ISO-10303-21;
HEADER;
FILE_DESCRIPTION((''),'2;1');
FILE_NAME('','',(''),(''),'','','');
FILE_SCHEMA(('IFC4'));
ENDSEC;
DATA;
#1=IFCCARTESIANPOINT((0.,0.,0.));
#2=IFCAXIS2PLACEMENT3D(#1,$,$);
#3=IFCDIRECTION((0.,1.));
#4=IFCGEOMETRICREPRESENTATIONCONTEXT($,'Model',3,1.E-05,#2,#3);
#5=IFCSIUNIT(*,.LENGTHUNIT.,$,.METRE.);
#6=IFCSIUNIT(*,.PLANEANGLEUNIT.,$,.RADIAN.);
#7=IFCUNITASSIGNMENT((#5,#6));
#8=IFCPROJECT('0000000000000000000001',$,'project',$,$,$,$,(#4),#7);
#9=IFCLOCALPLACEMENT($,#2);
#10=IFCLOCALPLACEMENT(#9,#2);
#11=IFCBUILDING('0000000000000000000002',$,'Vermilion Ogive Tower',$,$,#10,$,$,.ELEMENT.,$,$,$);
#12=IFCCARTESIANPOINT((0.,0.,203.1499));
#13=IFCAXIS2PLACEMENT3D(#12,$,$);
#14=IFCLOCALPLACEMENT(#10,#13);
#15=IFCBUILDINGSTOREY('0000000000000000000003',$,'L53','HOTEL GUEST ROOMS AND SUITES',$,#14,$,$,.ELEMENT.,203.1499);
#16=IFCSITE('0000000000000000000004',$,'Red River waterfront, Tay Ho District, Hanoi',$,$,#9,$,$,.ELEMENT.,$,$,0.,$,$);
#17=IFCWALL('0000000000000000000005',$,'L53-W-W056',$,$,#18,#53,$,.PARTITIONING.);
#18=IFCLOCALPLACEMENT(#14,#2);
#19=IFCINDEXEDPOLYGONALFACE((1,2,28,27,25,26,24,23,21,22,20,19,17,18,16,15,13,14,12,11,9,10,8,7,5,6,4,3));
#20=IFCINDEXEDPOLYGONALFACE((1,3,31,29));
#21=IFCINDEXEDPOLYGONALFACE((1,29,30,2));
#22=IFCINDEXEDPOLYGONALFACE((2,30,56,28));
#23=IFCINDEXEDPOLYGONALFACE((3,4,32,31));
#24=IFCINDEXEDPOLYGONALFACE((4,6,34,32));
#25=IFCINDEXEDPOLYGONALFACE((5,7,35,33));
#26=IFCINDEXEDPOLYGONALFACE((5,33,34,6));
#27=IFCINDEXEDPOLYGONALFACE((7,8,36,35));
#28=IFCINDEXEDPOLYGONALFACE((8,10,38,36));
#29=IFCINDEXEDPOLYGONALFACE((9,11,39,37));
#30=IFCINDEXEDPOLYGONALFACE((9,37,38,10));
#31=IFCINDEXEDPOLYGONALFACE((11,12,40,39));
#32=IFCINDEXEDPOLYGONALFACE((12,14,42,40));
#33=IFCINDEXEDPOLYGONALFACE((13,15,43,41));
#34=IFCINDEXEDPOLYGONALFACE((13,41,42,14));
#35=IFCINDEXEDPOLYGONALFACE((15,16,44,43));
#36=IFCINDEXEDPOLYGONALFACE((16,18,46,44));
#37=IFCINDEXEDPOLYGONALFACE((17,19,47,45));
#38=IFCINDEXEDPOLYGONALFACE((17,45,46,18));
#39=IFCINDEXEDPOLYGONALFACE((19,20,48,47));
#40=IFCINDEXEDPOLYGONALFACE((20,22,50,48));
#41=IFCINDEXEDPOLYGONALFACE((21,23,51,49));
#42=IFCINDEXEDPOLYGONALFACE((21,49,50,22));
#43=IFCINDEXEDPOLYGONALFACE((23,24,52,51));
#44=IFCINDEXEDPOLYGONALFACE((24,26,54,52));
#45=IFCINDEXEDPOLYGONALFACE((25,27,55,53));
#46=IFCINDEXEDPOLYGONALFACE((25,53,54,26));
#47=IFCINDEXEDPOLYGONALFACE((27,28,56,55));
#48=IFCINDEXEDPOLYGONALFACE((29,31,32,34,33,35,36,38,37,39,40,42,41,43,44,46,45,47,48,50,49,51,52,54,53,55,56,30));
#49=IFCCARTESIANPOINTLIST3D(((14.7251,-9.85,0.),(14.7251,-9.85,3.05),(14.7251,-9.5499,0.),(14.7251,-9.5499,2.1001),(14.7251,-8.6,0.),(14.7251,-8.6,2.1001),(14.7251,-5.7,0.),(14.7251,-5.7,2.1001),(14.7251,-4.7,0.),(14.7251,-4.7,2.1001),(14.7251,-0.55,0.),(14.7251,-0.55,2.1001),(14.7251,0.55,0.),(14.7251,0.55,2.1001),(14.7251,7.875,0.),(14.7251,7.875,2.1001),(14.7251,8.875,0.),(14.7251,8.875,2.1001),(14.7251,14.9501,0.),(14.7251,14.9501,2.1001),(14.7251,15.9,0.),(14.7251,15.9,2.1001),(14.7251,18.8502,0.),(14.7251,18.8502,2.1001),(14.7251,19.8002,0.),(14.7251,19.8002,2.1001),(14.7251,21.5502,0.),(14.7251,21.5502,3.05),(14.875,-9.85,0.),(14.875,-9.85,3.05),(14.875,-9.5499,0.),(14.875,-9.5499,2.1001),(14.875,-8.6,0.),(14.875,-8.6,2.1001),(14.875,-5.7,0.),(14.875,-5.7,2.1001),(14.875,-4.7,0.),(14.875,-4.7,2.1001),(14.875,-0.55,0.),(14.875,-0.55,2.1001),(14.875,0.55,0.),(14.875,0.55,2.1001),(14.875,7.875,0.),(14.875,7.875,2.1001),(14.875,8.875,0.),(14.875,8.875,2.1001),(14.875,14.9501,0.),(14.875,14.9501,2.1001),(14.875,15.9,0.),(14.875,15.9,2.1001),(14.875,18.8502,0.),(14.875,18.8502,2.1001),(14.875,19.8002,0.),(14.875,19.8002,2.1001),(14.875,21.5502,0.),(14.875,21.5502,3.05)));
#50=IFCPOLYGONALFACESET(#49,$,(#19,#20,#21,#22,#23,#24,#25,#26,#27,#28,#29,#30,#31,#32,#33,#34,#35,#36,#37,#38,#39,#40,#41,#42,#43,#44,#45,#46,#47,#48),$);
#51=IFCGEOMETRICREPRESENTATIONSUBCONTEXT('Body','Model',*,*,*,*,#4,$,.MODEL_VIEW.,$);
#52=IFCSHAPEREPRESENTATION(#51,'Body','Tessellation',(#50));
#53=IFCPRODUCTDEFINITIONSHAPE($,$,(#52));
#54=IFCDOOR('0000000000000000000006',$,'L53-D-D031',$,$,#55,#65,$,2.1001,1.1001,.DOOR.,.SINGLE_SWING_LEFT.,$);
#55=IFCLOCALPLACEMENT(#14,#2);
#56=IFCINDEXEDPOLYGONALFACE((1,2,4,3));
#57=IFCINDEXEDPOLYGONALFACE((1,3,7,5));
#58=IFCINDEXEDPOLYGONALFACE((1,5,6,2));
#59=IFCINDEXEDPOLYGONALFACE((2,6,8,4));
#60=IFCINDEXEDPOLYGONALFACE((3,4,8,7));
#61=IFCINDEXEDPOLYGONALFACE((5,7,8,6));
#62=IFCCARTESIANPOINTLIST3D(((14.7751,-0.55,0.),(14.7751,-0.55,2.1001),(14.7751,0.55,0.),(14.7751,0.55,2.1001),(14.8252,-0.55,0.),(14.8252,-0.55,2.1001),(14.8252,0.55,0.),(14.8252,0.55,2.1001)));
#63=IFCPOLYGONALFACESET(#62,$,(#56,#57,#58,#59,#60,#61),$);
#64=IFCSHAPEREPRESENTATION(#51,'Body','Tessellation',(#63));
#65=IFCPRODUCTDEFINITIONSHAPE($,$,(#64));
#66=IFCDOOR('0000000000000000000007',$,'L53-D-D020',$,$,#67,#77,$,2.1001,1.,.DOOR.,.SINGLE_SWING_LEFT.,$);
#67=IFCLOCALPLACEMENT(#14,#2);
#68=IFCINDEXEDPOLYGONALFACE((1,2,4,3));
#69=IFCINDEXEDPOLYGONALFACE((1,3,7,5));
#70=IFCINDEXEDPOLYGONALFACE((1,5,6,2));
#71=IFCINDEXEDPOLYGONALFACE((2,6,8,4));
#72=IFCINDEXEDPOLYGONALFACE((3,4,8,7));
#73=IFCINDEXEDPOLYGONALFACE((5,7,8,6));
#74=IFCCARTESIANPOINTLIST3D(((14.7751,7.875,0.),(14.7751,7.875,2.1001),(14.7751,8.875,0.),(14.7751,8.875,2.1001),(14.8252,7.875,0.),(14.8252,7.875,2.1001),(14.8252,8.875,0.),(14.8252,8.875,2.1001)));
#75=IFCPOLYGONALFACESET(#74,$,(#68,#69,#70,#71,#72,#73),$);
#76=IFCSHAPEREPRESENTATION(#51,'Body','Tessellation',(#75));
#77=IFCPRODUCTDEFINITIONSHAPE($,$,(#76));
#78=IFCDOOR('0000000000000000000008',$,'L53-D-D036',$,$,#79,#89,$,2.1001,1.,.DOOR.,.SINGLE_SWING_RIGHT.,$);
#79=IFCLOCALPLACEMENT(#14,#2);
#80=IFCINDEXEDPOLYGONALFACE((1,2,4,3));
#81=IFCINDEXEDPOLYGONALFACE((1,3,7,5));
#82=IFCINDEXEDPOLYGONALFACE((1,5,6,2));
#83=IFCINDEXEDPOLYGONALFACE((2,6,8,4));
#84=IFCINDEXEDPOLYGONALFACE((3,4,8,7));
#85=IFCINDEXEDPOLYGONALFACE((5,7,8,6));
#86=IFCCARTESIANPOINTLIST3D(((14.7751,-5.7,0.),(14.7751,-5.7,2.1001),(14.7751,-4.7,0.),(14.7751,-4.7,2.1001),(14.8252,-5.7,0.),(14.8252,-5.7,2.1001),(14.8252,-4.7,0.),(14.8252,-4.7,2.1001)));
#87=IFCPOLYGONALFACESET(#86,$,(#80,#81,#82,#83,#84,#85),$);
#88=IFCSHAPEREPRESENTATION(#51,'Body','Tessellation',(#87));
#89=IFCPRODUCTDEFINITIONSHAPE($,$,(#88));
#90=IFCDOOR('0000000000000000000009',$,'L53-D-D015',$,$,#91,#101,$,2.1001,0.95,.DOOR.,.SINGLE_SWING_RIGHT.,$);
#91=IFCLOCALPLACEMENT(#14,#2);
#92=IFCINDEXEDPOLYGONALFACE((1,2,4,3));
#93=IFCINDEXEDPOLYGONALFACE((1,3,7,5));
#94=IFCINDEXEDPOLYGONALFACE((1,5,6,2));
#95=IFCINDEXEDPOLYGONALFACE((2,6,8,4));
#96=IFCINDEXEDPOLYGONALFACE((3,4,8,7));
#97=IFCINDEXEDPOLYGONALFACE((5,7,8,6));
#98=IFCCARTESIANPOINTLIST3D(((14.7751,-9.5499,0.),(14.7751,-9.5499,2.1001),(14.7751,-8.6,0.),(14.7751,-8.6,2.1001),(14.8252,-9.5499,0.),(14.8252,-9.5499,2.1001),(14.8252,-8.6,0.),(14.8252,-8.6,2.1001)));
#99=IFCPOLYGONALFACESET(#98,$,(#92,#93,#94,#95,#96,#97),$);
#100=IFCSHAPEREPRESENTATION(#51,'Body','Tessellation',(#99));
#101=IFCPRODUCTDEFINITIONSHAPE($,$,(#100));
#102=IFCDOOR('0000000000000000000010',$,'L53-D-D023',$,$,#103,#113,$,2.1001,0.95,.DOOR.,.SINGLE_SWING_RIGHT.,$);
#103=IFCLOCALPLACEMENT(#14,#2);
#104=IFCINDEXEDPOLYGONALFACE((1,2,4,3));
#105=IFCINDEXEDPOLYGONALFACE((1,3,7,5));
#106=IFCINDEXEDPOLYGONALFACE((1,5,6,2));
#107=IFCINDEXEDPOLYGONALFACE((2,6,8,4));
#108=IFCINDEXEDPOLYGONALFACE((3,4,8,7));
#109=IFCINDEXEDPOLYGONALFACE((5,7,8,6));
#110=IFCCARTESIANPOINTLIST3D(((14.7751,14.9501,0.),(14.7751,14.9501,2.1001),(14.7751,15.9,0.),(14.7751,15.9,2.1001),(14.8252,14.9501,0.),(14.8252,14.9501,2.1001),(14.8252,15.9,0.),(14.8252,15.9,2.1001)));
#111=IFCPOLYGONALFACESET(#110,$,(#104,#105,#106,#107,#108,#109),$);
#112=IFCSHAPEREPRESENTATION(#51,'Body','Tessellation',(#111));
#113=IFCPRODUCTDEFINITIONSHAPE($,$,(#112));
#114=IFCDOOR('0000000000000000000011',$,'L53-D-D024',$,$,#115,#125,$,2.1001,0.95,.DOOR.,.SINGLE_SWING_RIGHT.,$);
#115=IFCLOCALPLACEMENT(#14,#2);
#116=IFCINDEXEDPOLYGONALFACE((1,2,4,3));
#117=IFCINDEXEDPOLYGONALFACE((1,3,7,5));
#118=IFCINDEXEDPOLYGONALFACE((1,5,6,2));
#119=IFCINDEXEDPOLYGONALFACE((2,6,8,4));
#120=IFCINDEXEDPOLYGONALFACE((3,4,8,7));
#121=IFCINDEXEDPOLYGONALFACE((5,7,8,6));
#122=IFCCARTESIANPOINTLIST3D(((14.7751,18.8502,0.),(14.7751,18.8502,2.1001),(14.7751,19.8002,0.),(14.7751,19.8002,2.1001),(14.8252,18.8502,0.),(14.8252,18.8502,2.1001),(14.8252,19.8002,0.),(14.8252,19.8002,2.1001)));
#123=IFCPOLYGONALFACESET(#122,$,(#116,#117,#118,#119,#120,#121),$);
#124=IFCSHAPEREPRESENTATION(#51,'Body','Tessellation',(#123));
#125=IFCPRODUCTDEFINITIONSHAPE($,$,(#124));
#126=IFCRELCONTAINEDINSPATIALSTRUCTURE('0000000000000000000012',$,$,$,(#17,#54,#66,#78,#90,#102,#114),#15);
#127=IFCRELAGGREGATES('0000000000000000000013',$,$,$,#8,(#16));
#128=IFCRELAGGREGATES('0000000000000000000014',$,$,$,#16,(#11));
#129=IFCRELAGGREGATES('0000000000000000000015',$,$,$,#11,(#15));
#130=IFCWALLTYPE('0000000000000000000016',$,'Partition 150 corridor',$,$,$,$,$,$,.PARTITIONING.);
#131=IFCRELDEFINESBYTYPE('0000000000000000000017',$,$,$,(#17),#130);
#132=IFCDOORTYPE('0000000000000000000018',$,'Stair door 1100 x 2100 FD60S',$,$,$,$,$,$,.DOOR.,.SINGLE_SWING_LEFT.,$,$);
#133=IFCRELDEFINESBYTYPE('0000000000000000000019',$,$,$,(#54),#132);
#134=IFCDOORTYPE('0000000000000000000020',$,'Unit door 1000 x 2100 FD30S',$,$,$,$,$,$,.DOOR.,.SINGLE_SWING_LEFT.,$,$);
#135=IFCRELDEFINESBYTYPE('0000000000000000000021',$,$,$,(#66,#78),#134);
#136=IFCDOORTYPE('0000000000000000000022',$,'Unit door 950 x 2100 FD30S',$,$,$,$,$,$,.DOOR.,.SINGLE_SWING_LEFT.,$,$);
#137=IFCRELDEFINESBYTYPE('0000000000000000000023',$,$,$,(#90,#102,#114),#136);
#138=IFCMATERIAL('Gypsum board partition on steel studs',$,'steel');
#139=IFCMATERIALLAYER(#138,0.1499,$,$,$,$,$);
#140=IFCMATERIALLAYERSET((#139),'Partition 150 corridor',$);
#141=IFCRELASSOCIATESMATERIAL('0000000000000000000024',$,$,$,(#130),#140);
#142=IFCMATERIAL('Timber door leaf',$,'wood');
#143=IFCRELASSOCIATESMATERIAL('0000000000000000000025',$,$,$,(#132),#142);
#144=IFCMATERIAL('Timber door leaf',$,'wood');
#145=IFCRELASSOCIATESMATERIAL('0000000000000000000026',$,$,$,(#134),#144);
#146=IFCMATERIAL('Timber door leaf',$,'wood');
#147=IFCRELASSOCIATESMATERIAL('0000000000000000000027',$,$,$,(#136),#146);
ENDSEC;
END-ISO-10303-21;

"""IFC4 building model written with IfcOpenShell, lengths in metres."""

from ifc_helpers import new_model, si_unit, direction, frame, frame_2d, origin, place, context, subcontext, project, spatial, rectangle, extrude, material, layer, layer_set, type_object, element, fill, save


model = new_model("IFC4")

# Units and contexts
model_context = context("Model", 3, precision=1e-05, world=origin(), true_north=direction((0.0, 1.0)))
body_context = subcontext(model_context, "Body", "Model", "MODEL_VIEW")
ifc_project = project(units=[si_unit("LENGTHUNIT", "METRE"), si_unit("PLANEANGLEUNIT", "RADIAN")], contexts=[model_context])

# Site, building, storey
site_placement = place(None, origin())
site = spatial("IfcSite", under=ifc_project, at=site_placement, Name="Red River waterfront, Tay Ho District, Hanoi", CompositionType="ELEMENT", RefElevation=0.0)
building_placement = place(site_placement, origin())
building = spatial("IfcBuilding", under=site, at=building_placement, Name="Vermilion Ogive Tower", CompositionType="ELEMENT")
storey_placement = place(building_placement, frame((0.0, 0.0, 203.1499)))
storey = spatial("IfcBuildingStorey", under=building, at=storey_placement, Name="L53", Description="HOTEL GUEST ROOMS AND SUITES", CompositionType="ELEMENT", Elevation=203.1499)

# Wall, openings, doors
ifc_material_1 = material(Name="Gypsum board partition on steel studs", Category="steel")
ifc_layer_1 = layer(ifc_material_1, 0.1499)
ifc_layer_set_1 = layer_set([ifc_layer_1], Name="Partition 150 corridor")
wall_type_1 = type_object("IfcWallType", Name="Partition 150 corridor", PredefinedType="PARTITIONING", material=ifc_layer_set_1)
wall_1_placement = place(storey_placement, frame((14.8, -9.8501, 0.0), z_axis=(0.0, 0.0, 1.0), x_axis=(0.0, 1.0, 0.0)))
wall_1 = element("IfcWall", 1, at=wall_1_placement, inside=storey, type_object=wall_type_1, Name="L53-W-W056", PredefinedType="PARTITIONING", context=body_context, shape_type="SweptSolid", body=[
    extrude(rectangle(XDim=31.4001, YDim=0.1499, at=frame_2d((15.7002, 0.0))), origin(), (0.0, 0.0, 1.0), 3.05),
])
opening_1_placement = place(wall_1_placement, frame((0.3, 0.0, 0.0)))
opening_1 = element("IfcOpeningElement", 2, at=opening_1_placement, cuts=wall_1, PredefinedType="OPENING", context=body_context, shape_type="SweptSolid", body=[
    extrude(rectangle(XDim=0.95, YDim=2.1001, at=frame_2d((0.4751, 1.05))), frame((0.0, 0.085, 0.0), z_axis=(0.0, -1.0, 0.0), x_axis=(1.0, 0.0, 0.0)), (0.0, 0.0, 1.0), 0.1699),
])
opening_2_placement = place(wall_1_placement, frame((17.7251, 0.0, 0.0)))
opening_2 = element("IfcOpeningElement", 3, at=opening_2_placement, cuts=wall_1, PredefinedType="OPENING", context=body_context, shape_type="SweptSolid", body=[
    extrude(rectangle(XDim=1.0, YDim=2.1001, at=frame_2d((0.5, 1.05))), frame((0.0, 0.085, 0.0), z_axis=(0.0, -1.0, 0.0), x_axis=(1.0, 0.0, 0.0)), (0.0, 0.0, 1.0), 0.1699),
])
opening_3_placement = place(wall_1_placement, frame((24.8, 0.0, 0.0)))
opening_3 = element("IfcOpeningElement", 4, at=opening_3_placement, cuts=wall_1, PredefinedType="OPENING", context=body_context, shape_type="SweptSolid", body=[
    extrude(rectangle(XDim=0.95, YDim=2.1001, at=frame_2d((0.4751, 1.05))), frame((0.0, 0.085, 0.0), z_axis=(0.0, -1.0, 0.0), x_axis=(1.0, 0.0, 0.0)), (0.0, 0.0, 1.0), 0.1699),
])
opening_4_placement = place(wall_1_placement, frame((28.7002, 0.0, 0.0)))
opening_4 = element("IfcOpeningElement", 5, at=opening_4_placement, cuts=wall_1, PredefinedType="OPENING", context=body_context, shape_type="SweptSolid", body=[
    extrude(rectangle(XDim=0.95, YDim=2.1001, at=frame_2d((0.4751, 1.05))), frame((0.0, 0.085, 0.0), z_axis=(0.0, -1.0, 0.0), x_axis=(1.0, 0.0, 0.0)), (0.0, 0.0, 1.0), 0.1699),
])
opening_5_placement = place(wall_1_placement, frame((9.3, 0.0, 0.0)))
opening_5 = element("IfcOpeningElement", 6, at=opening_5_placement, cuts=wall_1, PredefinedType="OPENING", context=body_context, shape_type="SweptSolid", body=[
    extrude(rectangle(XDim=1.1001, YDim=2.1001, at=frame_2d((0.55, 1.05))), frame((0.0, 0.085, 0.0), z_axis=(0.0, -1.0, 0.0), x_axis=(1.0, 0.0, 0.0)), (0.0, 0.0, 1.0), 0.1699),
])
opening_6_placement = place(wall_1_placement, frame((4.1501, 0.0, 0.0)))
opening_6 = element("IfcOpeningElement", 7, at=opening_6_placement, cuts=wall_1, PredefinedType="OPENING", context=body_context, shape_type="SweptSolid", body=[
    extrude(rectangle(XDim=1.0, YDim=2.1001, at=frame_2d((0.5, 1.05))), frame((0.0, 0.085, 0.0), z_axis=(0.0, -1.0, 0.0), x_axis=(1.0, 0.0, 0.0)), (0.0, 0.0, 1.0), 0.1699),
])
ifc_material_2 = material(Name="Timber door leaf", Category="wood")
door_type_1 = type_object("IfcDoorType", Name="Stair door 1100 x 2100 FD60S", OperationType="SINGLE_SWING_LEFT", PredefinedType="DOOR", material=ifc_material_2)
door_1_placement = place(opening_5_placement, origin())
door_1 = element("IfcDoor", 8, at=door_1_placement, inside=storey, type_object=door_type_1, Name="L53-D-D031", OperationType="SINGLE_SWING_LEFT", OverallHeight=2.1001, OverallWidth=1.1001, PredefinedType="DOOR", context=body_context, shape_type="SweptSolid", body=[
    extrude(rectangle(XDim=1.1001, YDim=2.1001, at=frame_2d((0.55, 1.05))), frame((0.0, 0.0249, 0.0), z_axis=(0.0, -1.0, 0.0), x_axis=(1.0, 0.0, 0.0)), (0.0, 0.0, 1.0), 0.05),
])
fill(opening_5, door_1)
ifc_material_3 = material(Name="Timber door leaf", Category="wood")
door_type_2 = type_object("IfcDoorType", Name="Unit door 1000 x 2100 FD30S", OperationType="SINGLE_SWING_LEFT", PredefinedType="DOOR", material=ifc_material_3)
door_2_placement = place(opening_2_placement, origin())
door_2 = element("IfcDoor", 9, at=door_2_placement, inside=storey, type_object=door_type_2, Name="L53-D-D020", OperationType="SINGLE_SWING_LEFT", OverallHeight=2.1001, OverallWidth=1.0, PredefinedType="DOOR", context=body_context, shape_type="SweptSolid", body=[
    extrude(rectangle(XDim=1.0, YDim=2.1001, at=frame_2d((0.5, 1.05))), frame((0.0, 0.0249, 0.0), z_axis=(0.0, -1.0, 0.0), x_axis=(1.0, 0.0, 0.0)), (0.0, 0.0, 1.0), 0.05),
])
fill(opening_2, door_2)
door_3_placement = place(opening_6_placement, origin())
door_3 = element("IfcDoor", 10, at=door_3_placement, inside=storey, type_object=door_type_2, Name="L53-D-D036", OperationType="SINGLE_SWING_RIGHT", OverallHeight=2.1001, OverallWidth=1.0, PredefinedType="DOOR", context=body_context, shape_type="SweptSolid", body=[
    extrude(rectangle(XDim=1.0, YDim=2.1001, at=frame_2d((0.5, 1.05))), frame((0.0, 0.0249, 0.0), z_axis=(0.0, -1.0, 0.0), x_axis=(1.0, 0.0, 0.0)), (0.0, 0.0, 1.0), 0.05),
])
fill(opening_6, door_3)
ifc_material_4 = material(Name="Timber door leaf", Category="wood")
door_type_3 = type_object("IfcDoorType", Name="Unit door 950 x 2100 FD30S", OperationType="SINGLE_SWING_LEFT", PredefinedType="DOOR", material=ifc_material_4)
door_4_placement = place(opening_1_placement, origin())
door_4 = element("IfcDoor", 11, at=door_4_placement, inside=storey, type_object=door_type_3, Name="L53-D-D015", OperationType="SINGLE_SWING_RIGHT", OverallHeight=2.1001, OverallWidth=0.95, PredefinedType="DOOR", context=body_context, shape_type="SweptSolid", body=[
    extrude(rectangle(XDim=0.95, YDim=2.1001, at=frame_2d((0.4751, 1.05))), frame((0.0, 0.0249, 0.0), z_axis=(0.0, -1.0, 0.0), x_axis=(1.0, 0.0, 0.0)), (0.0, 0.0, 1.0), 0.05),
])
fill(opening_1, door_4)
door_5_placement = place(opening_3_placement, origin())
door_5 = element("IfcDoor", 12, at=door_5_placement, inside=storey, type_object=door_type_3, Name="L53-D-D023", OperationType="SINGLE_SWING_RIGHT", OverallHeight=2.1001, OverallWidth=0.95, PredefinedType="DOOR", context=body_context, shape_type="SweptSolid", body=[
    extrude(rectangle(XDim=0.95, YDim=2.1001, at=frame_2d((0.4751, 1.05))), frame((0.0, 0.0249, 0.0), z_axis=(0.0, -1.0, 0.0), x_axis=(1.0, 0.0, 0.0)), (0.0, 0.0, 1.0), 0.05),
])
fill(opening_3, door_5)
door_6_placement = place(opening_4_placement, origin())
door_6 = element("IfcDoor", 13, at=door_6_placement, inside=storey, type_object=door_type_3, Name="L53-D-D024", OperationType="SINGLE_SWING_RIGHT", OverallHeight=2.1001, OverallWidth=0.95, PredefinedType="DOOR", context=body_context, shape_type="SweptSolid", body=[
    extrude(rectangle(XDim=0.95, YDim=2.1001, at=frame_2d((0.4751, 1.05))), frame((0.0, 0.0249, 0.0), z_axis=(0.0, -1.0, 0.0), x_axis=(1.0, 0.0, 0.0)), (0.0, 0.0, 1.0), 0.05),
])
fill(opening_4, door_6)

save(model, "model.ifc")
